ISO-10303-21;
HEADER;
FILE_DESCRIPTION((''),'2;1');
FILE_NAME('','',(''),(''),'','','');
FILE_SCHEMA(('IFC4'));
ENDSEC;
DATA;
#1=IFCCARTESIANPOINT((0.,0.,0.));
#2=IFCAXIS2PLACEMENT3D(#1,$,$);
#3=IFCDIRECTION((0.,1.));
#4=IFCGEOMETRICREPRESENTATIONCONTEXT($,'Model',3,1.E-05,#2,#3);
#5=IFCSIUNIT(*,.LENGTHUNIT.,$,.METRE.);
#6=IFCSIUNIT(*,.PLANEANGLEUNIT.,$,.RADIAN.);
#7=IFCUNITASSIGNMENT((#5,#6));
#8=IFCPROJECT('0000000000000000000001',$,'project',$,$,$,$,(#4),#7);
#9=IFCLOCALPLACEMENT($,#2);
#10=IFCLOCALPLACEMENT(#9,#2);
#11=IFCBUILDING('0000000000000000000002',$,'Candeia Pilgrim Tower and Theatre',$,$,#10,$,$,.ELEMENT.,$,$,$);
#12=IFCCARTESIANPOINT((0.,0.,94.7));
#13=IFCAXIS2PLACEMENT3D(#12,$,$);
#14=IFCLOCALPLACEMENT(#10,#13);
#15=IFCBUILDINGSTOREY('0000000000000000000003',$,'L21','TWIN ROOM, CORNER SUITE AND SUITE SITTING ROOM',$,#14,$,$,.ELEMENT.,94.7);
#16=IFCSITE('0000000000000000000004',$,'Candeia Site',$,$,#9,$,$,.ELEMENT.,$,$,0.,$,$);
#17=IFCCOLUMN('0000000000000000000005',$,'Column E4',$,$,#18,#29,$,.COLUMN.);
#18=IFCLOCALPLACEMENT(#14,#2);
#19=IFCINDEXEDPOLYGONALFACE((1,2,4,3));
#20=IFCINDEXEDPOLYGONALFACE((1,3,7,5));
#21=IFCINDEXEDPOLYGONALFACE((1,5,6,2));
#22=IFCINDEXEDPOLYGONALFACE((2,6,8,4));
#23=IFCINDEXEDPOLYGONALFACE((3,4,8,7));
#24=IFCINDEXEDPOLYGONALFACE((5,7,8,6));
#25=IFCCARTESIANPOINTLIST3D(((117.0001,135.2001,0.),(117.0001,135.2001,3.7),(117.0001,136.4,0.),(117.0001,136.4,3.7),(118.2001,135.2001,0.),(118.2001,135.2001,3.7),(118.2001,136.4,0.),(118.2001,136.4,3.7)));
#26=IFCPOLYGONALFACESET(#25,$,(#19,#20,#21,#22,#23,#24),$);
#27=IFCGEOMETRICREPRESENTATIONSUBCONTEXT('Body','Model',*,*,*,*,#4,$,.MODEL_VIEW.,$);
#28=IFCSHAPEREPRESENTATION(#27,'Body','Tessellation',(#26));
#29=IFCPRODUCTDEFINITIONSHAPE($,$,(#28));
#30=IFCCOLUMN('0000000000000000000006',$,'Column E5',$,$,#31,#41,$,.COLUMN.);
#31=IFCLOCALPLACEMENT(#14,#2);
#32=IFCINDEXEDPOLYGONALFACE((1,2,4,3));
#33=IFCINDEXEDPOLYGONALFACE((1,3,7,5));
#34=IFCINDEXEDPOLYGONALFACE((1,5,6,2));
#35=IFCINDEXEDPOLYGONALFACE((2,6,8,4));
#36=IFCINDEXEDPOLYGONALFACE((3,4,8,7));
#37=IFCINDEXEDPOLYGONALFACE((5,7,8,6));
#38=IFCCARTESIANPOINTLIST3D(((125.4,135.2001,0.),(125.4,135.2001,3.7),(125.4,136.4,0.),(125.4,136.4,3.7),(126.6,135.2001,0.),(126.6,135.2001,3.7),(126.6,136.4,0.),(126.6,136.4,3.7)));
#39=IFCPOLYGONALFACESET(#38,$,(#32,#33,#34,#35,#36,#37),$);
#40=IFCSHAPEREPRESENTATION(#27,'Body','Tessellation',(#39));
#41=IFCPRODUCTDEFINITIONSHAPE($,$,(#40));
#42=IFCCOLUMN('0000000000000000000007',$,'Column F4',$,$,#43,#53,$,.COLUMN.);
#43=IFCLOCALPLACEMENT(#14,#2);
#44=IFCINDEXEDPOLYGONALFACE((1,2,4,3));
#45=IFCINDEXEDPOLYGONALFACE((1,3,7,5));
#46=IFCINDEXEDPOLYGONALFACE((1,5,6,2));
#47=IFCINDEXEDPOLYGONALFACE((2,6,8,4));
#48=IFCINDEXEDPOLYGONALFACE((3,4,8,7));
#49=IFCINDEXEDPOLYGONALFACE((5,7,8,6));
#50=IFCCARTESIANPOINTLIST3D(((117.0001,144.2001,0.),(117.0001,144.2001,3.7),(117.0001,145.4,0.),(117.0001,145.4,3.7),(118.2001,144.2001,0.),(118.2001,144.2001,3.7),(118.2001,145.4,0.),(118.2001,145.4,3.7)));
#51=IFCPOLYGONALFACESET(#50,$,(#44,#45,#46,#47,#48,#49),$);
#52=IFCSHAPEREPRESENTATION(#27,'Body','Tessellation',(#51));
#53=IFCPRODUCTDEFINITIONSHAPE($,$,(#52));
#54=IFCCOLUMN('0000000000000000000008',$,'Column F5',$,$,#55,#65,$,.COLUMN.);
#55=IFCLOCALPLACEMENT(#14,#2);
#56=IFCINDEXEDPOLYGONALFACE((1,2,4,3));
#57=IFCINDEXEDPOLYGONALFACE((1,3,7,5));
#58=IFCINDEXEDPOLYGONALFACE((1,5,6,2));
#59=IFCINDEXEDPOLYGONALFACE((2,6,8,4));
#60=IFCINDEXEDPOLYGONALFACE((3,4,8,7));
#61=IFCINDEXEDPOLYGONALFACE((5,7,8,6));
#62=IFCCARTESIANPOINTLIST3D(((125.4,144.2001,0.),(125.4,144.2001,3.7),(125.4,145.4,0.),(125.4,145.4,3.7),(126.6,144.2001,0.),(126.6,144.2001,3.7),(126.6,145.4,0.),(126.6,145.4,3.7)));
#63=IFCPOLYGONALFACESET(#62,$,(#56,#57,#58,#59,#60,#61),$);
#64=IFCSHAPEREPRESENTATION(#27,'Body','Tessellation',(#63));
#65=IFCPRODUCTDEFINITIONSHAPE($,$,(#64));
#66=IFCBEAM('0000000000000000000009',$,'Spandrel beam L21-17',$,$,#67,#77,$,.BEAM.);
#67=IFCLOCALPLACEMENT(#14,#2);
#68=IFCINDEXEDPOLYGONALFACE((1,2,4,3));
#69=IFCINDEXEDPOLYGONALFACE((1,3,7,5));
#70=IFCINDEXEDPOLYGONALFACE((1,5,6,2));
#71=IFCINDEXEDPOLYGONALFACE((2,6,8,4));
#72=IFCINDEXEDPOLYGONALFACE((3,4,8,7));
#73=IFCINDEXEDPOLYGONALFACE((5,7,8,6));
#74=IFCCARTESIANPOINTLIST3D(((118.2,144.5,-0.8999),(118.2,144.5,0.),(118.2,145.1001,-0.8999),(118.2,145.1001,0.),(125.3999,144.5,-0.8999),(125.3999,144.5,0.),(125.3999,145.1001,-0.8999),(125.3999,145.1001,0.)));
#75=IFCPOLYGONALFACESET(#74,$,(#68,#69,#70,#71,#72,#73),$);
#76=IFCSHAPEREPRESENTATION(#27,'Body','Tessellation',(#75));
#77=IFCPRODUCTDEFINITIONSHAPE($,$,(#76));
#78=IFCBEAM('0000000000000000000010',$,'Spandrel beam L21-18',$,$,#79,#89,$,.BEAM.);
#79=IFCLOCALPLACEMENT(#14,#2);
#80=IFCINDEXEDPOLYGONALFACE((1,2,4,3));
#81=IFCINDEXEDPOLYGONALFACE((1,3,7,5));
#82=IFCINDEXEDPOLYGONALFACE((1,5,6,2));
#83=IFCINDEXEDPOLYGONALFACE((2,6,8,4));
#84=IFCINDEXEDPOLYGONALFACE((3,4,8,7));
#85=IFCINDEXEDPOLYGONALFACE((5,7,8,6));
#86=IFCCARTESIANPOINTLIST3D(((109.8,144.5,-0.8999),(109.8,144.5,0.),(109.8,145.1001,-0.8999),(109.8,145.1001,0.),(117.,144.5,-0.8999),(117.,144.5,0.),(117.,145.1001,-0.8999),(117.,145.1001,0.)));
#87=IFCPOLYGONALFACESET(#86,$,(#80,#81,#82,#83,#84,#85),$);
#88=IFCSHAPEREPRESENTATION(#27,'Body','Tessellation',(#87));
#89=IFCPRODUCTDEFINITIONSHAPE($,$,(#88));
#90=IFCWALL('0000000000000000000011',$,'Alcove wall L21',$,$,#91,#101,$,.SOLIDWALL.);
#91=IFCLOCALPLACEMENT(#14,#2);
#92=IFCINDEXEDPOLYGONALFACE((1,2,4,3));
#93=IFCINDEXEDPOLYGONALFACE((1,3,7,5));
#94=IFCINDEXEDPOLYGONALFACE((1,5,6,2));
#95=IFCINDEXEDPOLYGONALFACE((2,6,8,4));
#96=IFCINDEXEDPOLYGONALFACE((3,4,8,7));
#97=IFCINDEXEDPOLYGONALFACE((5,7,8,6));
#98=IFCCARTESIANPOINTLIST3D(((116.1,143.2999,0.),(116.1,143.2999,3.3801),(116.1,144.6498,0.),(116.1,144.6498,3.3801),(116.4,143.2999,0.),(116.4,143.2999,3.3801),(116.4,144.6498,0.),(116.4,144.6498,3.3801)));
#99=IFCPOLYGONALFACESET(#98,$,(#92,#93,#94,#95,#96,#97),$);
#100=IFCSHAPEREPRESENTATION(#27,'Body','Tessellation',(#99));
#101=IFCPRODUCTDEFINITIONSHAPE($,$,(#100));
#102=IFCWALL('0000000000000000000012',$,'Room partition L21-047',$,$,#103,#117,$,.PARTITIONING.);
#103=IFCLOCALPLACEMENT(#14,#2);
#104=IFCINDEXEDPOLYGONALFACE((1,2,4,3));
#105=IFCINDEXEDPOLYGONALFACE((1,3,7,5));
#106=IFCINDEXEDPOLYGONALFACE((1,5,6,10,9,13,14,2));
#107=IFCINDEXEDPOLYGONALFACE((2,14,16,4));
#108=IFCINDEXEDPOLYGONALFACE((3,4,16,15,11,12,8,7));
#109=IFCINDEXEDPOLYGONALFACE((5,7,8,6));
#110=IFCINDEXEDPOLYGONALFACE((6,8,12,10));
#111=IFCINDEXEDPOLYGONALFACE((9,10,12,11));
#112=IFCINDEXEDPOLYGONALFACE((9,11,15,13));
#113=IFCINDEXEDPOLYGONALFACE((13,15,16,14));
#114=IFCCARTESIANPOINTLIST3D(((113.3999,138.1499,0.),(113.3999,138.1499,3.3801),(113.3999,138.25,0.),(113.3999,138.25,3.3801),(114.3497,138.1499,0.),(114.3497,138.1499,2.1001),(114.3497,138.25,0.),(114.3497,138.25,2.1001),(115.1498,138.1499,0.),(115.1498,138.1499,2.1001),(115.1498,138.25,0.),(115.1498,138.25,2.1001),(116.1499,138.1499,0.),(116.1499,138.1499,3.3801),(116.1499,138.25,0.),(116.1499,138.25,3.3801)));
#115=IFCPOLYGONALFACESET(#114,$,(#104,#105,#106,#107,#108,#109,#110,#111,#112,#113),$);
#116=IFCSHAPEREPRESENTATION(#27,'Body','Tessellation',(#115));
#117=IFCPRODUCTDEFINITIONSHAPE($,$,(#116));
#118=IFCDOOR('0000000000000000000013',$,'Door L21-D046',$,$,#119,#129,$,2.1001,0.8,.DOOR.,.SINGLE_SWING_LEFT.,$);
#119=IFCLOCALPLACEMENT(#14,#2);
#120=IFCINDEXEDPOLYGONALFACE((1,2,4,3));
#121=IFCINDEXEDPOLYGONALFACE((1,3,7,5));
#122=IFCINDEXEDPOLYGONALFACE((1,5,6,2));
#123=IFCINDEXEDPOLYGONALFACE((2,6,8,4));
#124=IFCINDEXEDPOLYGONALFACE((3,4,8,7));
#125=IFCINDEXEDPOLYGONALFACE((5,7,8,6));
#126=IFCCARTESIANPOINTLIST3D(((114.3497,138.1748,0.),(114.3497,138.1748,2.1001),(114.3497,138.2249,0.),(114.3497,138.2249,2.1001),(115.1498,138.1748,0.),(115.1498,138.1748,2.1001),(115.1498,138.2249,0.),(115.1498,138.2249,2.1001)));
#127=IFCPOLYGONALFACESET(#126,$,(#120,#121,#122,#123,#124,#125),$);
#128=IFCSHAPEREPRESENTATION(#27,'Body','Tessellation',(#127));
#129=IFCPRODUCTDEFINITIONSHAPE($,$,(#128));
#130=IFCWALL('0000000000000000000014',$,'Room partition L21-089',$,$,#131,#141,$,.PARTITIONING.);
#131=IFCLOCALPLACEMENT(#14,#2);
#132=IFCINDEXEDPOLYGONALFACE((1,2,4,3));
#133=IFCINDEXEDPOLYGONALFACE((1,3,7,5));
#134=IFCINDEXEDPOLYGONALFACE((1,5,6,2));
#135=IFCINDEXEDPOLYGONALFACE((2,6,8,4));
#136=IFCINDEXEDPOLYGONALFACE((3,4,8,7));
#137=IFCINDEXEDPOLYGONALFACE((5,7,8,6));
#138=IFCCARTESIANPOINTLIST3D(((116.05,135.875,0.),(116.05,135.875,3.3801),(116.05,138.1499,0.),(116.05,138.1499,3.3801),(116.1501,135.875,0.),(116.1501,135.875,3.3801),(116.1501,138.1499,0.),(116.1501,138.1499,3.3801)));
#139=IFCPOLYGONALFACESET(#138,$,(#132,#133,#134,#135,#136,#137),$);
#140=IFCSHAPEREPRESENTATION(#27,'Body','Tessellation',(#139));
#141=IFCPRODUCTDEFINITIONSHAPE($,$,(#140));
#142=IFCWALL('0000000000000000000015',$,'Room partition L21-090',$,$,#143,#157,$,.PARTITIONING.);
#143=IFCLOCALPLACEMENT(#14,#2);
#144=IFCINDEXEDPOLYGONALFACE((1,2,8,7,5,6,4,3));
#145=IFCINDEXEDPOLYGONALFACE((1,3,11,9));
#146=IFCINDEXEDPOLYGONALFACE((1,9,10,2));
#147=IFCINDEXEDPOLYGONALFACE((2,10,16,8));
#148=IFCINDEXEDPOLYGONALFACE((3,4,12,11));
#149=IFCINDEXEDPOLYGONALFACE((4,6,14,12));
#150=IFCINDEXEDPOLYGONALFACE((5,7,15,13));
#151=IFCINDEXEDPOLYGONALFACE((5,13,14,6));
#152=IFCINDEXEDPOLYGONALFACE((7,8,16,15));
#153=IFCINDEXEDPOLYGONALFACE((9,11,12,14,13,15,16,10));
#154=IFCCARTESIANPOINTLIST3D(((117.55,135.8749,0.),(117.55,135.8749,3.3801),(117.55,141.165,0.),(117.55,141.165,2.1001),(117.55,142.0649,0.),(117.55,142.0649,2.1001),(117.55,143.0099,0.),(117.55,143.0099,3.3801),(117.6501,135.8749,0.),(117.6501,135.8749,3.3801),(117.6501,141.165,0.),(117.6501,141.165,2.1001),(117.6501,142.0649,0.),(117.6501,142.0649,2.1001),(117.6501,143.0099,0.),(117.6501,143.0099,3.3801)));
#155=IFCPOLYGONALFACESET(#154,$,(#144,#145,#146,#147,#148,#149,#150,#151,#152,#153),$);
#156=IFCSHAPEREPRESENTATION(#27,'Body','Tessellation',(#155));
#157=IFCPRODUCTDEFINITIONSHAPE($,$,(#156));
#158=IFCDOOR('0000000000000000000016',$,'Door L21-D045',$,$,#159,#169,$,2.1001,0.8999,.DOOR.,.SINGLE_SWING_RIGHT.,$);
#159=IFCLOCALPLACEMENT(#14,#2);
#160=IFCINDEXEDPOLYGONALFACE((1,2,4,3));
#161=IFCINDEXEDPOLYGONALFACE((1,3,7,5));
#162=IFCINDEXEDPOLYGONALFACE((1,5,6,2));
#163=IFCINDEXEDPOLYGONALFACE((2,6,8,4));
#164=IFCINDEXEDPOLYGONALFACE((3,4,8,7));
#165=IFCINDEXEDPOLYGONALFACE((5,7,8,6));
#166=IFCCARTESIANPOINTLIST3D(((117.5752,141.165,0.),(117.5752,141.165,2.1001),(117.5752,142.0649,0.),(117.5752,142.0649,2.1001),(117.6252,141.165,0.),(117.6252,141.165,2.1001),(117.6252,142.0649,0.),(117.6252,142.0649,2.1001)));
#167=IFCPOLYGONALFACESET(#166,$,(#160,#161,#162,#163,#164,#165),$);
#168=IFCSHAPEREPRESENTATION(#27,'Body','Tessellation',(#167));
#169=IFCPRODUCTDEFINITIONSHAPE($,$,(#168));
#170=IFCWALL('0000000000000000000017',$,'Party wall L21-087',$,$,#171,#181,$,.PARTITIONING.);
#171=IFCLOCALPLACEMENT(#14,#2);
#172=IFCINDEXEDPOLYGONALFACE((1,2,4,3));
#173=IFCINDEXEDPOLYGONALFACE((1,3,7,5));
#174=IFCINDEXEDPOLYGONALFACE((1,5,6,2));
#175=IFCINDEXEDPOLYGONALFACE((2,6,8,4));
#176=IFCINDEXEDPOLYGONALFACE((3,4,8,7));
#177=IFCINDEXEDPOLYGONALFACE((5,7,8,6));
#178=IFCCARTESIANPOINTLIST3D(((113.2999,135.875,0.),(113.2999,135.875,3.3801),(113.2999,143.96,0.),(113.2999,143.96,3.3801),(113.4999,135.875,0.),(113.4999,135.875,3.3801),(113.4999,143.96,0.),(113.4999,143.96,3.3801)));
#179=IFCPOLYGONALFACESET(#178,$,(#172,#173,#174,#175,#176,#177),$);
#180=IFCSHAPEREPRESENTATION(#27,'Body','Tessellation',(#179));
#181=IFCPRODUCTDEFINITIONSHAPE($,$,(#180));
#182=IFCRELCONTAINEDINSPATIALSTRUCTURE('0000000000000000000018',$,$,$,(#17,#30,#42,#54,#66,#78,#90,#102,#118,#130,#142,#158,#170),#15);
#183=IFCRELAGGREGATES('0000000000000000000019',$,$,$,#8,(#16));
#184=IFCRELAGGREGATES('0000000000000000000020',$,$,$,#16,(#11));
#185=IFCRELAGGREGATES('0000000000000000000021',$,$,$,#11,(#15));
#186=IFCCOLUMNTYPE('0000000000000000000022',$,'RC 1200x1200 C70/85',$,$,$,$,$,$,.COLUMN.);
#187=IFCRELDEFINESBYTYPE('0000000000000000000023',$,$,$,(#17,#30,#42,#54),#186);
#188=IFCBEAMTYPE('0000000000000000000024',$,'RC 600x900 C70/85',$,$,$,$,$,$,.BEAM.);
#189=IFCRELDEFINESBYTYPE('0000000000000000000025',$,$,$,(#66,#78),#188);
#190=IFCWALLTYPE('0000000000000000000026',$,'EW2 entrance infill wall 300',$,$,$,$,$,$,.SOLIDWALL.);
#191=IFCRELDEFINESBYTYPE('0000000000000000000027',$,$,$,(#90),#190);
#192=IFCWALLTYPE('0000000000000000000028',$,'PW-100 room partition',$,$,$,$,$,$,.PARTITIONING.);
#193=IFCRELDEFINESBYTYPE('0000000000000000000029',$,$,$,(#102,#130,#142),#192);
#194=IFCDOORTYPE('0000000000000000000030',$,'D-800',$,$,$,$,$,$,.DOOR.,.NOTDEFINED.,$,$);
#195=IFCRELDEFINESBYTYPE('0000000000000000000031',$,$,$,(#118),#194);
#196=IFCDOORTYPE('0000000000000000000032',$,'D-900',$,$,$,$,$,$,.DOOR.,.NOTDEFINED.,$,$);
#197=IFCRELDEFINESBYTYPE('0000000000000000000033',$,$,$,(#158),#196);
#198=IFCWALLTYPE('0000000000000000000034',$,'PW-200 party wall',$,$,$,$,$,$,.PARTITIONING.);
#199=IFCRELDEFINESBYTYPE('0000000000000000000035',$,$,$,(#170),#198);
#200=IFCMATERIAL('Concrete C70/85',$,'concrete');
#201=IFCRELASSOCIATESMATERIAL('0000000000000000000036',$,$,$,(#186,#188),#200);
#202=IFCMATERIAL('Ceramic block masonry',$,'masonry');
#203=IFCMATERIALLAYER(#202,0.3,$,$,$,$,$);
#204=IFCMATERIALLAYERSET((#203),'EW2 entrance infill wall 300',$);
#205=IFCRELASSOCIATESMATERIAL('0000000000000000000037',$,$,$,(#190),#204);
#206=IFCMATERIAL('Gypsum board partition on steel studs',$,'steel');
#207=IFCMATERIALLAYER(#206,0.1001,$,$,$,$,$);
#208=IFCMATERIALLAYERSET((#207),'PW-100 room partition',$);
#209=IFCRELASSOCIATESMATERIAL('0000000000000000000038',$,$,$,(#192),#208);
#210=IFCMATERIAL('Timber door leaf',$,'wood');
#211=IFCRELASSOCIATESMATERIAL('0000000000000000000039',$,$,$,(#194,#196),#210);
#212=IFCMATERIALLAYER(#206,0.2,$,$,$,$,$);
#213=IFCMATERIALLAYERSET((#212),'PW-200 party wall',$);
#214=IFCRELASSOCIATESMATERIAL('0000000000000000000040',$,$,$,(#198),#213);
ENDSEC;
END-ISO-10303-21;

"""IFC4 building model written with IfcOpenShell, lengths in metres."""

from ifc_helpers import new_model, si_unit, direction, frame, frame_2d, origin, origin_2d, place, context, subcontext, project, spatial, rectangle, extrude, material, layer, layer_set, material_profile, profile_set, type_object, element, fill, save


model = new_model("IFC4")

# Units and contexts
model_context = context("Model", 3, precision=1e-05, world=origin(), true_north=direction((0.0, 1.0)))
body_context = subcontext(model_context, "Body", "Model", "MODEL_VIEW")
ifc_project = project(units=[si_unit("LENGTHUNIT", "METRE"), si_unit("PLANEANGLEUNIT", "RADIAN")], contexts=[model_context])

# Site, building, storey
site_placement = place(None, origin())
site = spatial("IfcSite", under=ifc_project, at=site_placement, Name="Candeia Site", CompositionType="ELEMENT", RefElevation=0.0)
building_placement = place(site_placement, origin())
building = spatial("IfcBuilding", under=site, at=building_placement, Name="Candeia Pilgrim Tower and Theatre", CompositionType="ELEMENT")
storey_placement = place(building_placement, frame((0.0, 0.0, 94.7)))
storey = spatial("IfcBuildingStorey", under=building, at=storey_placement, Name="L21", Description="TWIN ROOM, CORNER SUITE AND SUITE SITTING ROOM", CompositionType="ELEMENT", Elevation=94.7)

# Columns
ifc_material_1 = material(Name="Concrete C70/85", Category="concrete")
ifc_material_profile_1 = material_profile(ifc_material_1, rectangle(XDim=1.2, YDim=1.2, at=origin_2d()))
ifc_profile_set_1 = profile_set([ifc_material_profile_1], Name="Concrete C70/85")
column_type = type_object("IfcColumnType", Name="RC 1200x1200 C70/85", PredefinedType="COLUMN", material=ifc_profile_set_1)
for number, where, z_axis, x_axis, name in (
    (1, (117.6001, 135.8, 0.0), (0.0, 0.0, 1.0), (1.0, 0.0, 0.0), "Column E4"),
    (2, (126.0, 135.8, 0.0), (0.0, 0.0, 1.0), (1.0, 0.0, 0.0), "Column E5"),
    (3, (117.6001, 144.8, 0.0), (0.0, 0.0, 1.0), (1.0, 0.0, 0.0), "Column F4"),
    (4, (126.0, 144.8, 0.0), (0.0, 0.0, 1.0), (1.0, 0.0, 0.0), "Column F5"),
):
    element("IfcColumn", number, at=place(storey_placement, frame(where, z_axis=z_axis, x_axis=x_axis)), inside=storey, type_object=column_type, Name=name, PredefinedType="COLUMN", context=body_context, shape_type="SweptSolid", body=[
        extrude(rectangle(XDim=1.2, YDim=1.2, at=origin_2d()), origin(), (0.0, 0.0, 1.0), 3.7),
    ])

# Beams
ifc_material_profile_2 = material_profile(ifc_material_1, rectangle(XDim=0.6001, YDim=0.8999, at=origin_2d()))
ifc_profile_set_2 = profile_set([ifc_material_profile_2], Name="Concrete C70/85")
beam_type = type_object("IfcBeamType", Name="RC 600x900 C70/85", PredefinedType="BEAM", material=ifc_profile_set_2)
for number, where, z_axis, x_axis, name in (
    (5, (125.3999, 144.8, -0.45), (-1.0, 0.0, 0.0), (0.0, -1.0, 0.0), "Spandrel beam L21-17"),
    (6, (117.0, 144.8, -0.45), (-1.0, 0.0, 0.0), (0.0, -1.0, 0.0), "Spandrel beam L21-18"),
):
    element("IfcBeam", number, at=place(storey_placement, frame(where, z_axis=z_axis, x_axis=x_axis)), inside=storey, type_object=beam_type, Name=name, PredefinedType="BEAM", context=body_context, shape_type="SweptSolid", body=[
        extrude(rectangle(XDim=0.6001, YDim=0.8999, at=origin_2d()), origin(), (0.0, 0.0, 1.0), 7.2),
    ])

# Wall
ifc_material_2 = material(Name="Ceramic block masonry", Category="masonry")
ifc_layer_1 = layer(ifc_material_2, 0.3)
ifc_layer_set_1 = layer_set([ifc_layer_1], Name="EW2 entrance infill wall 300")
wall_type_1 = type_object("IfcWallType", Name="EW2 entrance infill wall 300", PredefinedType="SOLIDWALL", material=ifc_layer_set_1)
wall_1_placement = place(storey_placement, frame((116.25, 143.3, 0.0), z_axis=(0.0, 0.0, 1.0), x_axis=(0.0, 1.0, 0.0)))
element("IfcWall", 7, at=wall_1_placement, inside=storey, type_object=wall_type_1, Name="Alcove wall L21", PredefinedType="SOLIDWALL", context=body_context, shape_type="SweptSolid", body=[
    extrude(rectangle(XDim=1.3499, YDim=0.3, at=frame_2d((0.6748, 0.0))), origin(), (0.0, 0.0, 1.0), 3.3801),
])

# Wall, opening, door
ifc_material_3 = material(Name="Gypsum board partition on steel studs", Category="steel")
ifc_layer_2 = layer(ifc_material_3, 0.1001)
ifc_layer_set_2 = layer_set([ifc_layer_2], Name="PW-100 room partition")
wall_type_2 = type_object("IfcWallType", Name="PW-100 room partition", PredefinedType="PARTITIONING", material=ifc_layer_set_2)
wall_2_placement = place(storey_placement, frame((113.3999, 138.2, 0.0), z_axis=(0.0, 0.0, 1.0), x_axis=(1.0, 0.0, 0.0)))
wall_2 = element("IfcWall", 8, at=wall_2_placement, inside=storey, type_object=wall_type_2, Name="Room partition L21-047", PredefinedType="PARTITIONING", context=body_context, shape_type="SweptSolid", body=[
    extrude(rectangle(XDim=2.75, YDim=0.1001, at=frame_2d((1.375, 0.0))), origin(), (0.0, 0.0, 1.0), 3.3801),
])
opening_1_placement = place(wall_2_placement, frame((0.95, 0.0, 0.0)))
opening_1 = element("IfcOpeningElement", 9, at=opening_1_placement, cuts=wall_2, PredefinedType="OPENING", context=body_context, shape_type="SweptSolid", body=[
    extrude(rectangle(XDim=0.8, YDim=2.1001, at=frame_2d((0.3999, 1.05))), frame((0.0, 0.0601, 0.0), z_axis=(0.0, -1.0, 0.0), x_axis=(1.0, 0.0, 0.0)), (0.0, 0.0, 1.0), 0.1201),
])
ifc_material_4 = material(Name="Timber door leaf", Category="wood")
door_type_1 = type_object("IfcDoorType", Name="D-800", OperationType="NOTDEFINED", PredefinedType="DOOR", material=ifc_material_4)
door_1_placement = place(opening_1_placement, origin())
door_1 = element("IfcDoor", 10, at=door_1_placement, inside=storey, type_object=door_type_1, Name="Door L21-D046", OperationType="SINGLE_SWING_LEFT", OverallHeight=2.1001, OverallWidth=0.8, PredefinedType="DOOR", context=body_context, shape_type="SweptSolid", body=[
    extrude(rectangle(XDim=0.8, YDim=2.1001, at=frame_2d((0.3999, 1.05))), frame((0.0, 0.0249, 0.0), z_axis=(0.0, -1.0, 0.0), x_axis=(1.0, 0.0, 0.0)), (0.0, 0.0, 1.0), 0.05),
])
fill(opening_1, door_1)

# Wall
wall_3_placement = place(storey_placement, frame((116.1001, 135.875, 0.0), z_axis=(0.0, 0.0, 1.0), x_axis=(0.0, 1.0, 0.0)))
element("IfcWall", 11, at=wall_3_placement, inside=storey, type_object=wall_type_2, Name="Room partition L21-089", PredefinedType="PARTITIONING", context=body_context, shape_type="SweptSolid", body=[
    extrude(rectangle(XDim=2.2749, YDim=0.1001, at=frame_2d((1.1375, 0.0))), origin(), (0.0, 0.0, 1.0), 3.3801),
])

# Wall, opening, door
wall_4_placement = place(storey_placement, frame((117.6001, 135.875, 0.0), z_axis=(0.0, 0.0, 1.0), x_axis=(0.0, 1.0, 0.0)))
wall_4 = element("IfcWall", 12, at=wall_4_placement, inside=storey, type_object=wall_type_2, Name="Room partition L21-090", PredefinedType="PARTITIONING", context=body_context, shape_type="SweptSolid", body=[
    extrude(rectangle(XDim=7.135, YDim=0.1001, at=frame_2d((3.5674, 0.0))), origin(), (0.0, 0.0, 1.0), 3.3801),
])
opening_2_placement = place(wall_4_placement, frame((5.29, 0.0, 0.0)))
opening_2 = element("IfcOpeningElement", 13, at=opening_2_placement, cuts=wall_4, PredefinedType="OPENING", context=body_context, shape_type="SweptSolid", body=[
    extrude(rectangle(XDim=0.8999, YDim=2.1001, at=frame_2d((0.45, 1.05))), frame((0.0, 0.0601, 0.0), z_axis=(0.0, -1.0, 0.0), x_axis=(1.0, 0.0, 0.0)), (0.0, 0.0, 1.0), 0.1201),
])
door_type_2 = type_object("IfcDoorType", Name="D-900", OperationType="NOTDEFINED", PredefinedType="DOOR", material=ifc_material_4)
door_2_placement = place(opening_2_placement, origin())
door_2 = element("IfcDoor", 14, at=door_2_placement, inside=storey, type_object=door_type_2, Name="Door L21-D045", OperationType="SINGLE_SWING_RIGHT", OverallHeight=2.1001, OverallWidth=0.8999, PredefinedType="DOOR", context=body_context, shape_type="SweptSolid", body=[
    extrude(rectangle(XDim=0.8999, YDim=2.1001, at=frame_2d((0.45, 1.05))), frame((0.0, 0.0249, 0.0), z_axis=(0.0, -1.0, 0.0), x_axis=(1.0, 0.0, 0.0)), (0.0, 0.0, 1.0), 0.05),
])
fill(opening_2, door_2)

# Wall
ifc_layer_3 = layer(ifc_material_3, 0.2)
ifc_layer_set_3 = layer_set([ifc_layer_3], Name="PW-200 party wall")
wall_type_3 = type_object("IfcWallType", Name="PW-200 party wall", PredefinedType="PARTITIONING", material=ifc_layer_set_3)
wall_5_placement = place(storey_placement, frame((113.3999, 135.875, 0.0), z_axis=(0.0, 0.0, 1.0), x_axis=(0.0, 1.0, 0.0)))
element("IfcWall", 15, at=wall_5_placement, inside=storey, type_object=wall_type_3, Name="Party wall L21-087", PredefinedType="PARTITIONING", context=body_context, shape_type="SweptSolid", body=[
    extrude(rectangle(XDim=8.085, YDim=0.2, at=frame_2d((4.0425, 0.0))), origin(), (0.0, 0.0, 1.0), 3.3801),
])

save(model, "model.ifc")
